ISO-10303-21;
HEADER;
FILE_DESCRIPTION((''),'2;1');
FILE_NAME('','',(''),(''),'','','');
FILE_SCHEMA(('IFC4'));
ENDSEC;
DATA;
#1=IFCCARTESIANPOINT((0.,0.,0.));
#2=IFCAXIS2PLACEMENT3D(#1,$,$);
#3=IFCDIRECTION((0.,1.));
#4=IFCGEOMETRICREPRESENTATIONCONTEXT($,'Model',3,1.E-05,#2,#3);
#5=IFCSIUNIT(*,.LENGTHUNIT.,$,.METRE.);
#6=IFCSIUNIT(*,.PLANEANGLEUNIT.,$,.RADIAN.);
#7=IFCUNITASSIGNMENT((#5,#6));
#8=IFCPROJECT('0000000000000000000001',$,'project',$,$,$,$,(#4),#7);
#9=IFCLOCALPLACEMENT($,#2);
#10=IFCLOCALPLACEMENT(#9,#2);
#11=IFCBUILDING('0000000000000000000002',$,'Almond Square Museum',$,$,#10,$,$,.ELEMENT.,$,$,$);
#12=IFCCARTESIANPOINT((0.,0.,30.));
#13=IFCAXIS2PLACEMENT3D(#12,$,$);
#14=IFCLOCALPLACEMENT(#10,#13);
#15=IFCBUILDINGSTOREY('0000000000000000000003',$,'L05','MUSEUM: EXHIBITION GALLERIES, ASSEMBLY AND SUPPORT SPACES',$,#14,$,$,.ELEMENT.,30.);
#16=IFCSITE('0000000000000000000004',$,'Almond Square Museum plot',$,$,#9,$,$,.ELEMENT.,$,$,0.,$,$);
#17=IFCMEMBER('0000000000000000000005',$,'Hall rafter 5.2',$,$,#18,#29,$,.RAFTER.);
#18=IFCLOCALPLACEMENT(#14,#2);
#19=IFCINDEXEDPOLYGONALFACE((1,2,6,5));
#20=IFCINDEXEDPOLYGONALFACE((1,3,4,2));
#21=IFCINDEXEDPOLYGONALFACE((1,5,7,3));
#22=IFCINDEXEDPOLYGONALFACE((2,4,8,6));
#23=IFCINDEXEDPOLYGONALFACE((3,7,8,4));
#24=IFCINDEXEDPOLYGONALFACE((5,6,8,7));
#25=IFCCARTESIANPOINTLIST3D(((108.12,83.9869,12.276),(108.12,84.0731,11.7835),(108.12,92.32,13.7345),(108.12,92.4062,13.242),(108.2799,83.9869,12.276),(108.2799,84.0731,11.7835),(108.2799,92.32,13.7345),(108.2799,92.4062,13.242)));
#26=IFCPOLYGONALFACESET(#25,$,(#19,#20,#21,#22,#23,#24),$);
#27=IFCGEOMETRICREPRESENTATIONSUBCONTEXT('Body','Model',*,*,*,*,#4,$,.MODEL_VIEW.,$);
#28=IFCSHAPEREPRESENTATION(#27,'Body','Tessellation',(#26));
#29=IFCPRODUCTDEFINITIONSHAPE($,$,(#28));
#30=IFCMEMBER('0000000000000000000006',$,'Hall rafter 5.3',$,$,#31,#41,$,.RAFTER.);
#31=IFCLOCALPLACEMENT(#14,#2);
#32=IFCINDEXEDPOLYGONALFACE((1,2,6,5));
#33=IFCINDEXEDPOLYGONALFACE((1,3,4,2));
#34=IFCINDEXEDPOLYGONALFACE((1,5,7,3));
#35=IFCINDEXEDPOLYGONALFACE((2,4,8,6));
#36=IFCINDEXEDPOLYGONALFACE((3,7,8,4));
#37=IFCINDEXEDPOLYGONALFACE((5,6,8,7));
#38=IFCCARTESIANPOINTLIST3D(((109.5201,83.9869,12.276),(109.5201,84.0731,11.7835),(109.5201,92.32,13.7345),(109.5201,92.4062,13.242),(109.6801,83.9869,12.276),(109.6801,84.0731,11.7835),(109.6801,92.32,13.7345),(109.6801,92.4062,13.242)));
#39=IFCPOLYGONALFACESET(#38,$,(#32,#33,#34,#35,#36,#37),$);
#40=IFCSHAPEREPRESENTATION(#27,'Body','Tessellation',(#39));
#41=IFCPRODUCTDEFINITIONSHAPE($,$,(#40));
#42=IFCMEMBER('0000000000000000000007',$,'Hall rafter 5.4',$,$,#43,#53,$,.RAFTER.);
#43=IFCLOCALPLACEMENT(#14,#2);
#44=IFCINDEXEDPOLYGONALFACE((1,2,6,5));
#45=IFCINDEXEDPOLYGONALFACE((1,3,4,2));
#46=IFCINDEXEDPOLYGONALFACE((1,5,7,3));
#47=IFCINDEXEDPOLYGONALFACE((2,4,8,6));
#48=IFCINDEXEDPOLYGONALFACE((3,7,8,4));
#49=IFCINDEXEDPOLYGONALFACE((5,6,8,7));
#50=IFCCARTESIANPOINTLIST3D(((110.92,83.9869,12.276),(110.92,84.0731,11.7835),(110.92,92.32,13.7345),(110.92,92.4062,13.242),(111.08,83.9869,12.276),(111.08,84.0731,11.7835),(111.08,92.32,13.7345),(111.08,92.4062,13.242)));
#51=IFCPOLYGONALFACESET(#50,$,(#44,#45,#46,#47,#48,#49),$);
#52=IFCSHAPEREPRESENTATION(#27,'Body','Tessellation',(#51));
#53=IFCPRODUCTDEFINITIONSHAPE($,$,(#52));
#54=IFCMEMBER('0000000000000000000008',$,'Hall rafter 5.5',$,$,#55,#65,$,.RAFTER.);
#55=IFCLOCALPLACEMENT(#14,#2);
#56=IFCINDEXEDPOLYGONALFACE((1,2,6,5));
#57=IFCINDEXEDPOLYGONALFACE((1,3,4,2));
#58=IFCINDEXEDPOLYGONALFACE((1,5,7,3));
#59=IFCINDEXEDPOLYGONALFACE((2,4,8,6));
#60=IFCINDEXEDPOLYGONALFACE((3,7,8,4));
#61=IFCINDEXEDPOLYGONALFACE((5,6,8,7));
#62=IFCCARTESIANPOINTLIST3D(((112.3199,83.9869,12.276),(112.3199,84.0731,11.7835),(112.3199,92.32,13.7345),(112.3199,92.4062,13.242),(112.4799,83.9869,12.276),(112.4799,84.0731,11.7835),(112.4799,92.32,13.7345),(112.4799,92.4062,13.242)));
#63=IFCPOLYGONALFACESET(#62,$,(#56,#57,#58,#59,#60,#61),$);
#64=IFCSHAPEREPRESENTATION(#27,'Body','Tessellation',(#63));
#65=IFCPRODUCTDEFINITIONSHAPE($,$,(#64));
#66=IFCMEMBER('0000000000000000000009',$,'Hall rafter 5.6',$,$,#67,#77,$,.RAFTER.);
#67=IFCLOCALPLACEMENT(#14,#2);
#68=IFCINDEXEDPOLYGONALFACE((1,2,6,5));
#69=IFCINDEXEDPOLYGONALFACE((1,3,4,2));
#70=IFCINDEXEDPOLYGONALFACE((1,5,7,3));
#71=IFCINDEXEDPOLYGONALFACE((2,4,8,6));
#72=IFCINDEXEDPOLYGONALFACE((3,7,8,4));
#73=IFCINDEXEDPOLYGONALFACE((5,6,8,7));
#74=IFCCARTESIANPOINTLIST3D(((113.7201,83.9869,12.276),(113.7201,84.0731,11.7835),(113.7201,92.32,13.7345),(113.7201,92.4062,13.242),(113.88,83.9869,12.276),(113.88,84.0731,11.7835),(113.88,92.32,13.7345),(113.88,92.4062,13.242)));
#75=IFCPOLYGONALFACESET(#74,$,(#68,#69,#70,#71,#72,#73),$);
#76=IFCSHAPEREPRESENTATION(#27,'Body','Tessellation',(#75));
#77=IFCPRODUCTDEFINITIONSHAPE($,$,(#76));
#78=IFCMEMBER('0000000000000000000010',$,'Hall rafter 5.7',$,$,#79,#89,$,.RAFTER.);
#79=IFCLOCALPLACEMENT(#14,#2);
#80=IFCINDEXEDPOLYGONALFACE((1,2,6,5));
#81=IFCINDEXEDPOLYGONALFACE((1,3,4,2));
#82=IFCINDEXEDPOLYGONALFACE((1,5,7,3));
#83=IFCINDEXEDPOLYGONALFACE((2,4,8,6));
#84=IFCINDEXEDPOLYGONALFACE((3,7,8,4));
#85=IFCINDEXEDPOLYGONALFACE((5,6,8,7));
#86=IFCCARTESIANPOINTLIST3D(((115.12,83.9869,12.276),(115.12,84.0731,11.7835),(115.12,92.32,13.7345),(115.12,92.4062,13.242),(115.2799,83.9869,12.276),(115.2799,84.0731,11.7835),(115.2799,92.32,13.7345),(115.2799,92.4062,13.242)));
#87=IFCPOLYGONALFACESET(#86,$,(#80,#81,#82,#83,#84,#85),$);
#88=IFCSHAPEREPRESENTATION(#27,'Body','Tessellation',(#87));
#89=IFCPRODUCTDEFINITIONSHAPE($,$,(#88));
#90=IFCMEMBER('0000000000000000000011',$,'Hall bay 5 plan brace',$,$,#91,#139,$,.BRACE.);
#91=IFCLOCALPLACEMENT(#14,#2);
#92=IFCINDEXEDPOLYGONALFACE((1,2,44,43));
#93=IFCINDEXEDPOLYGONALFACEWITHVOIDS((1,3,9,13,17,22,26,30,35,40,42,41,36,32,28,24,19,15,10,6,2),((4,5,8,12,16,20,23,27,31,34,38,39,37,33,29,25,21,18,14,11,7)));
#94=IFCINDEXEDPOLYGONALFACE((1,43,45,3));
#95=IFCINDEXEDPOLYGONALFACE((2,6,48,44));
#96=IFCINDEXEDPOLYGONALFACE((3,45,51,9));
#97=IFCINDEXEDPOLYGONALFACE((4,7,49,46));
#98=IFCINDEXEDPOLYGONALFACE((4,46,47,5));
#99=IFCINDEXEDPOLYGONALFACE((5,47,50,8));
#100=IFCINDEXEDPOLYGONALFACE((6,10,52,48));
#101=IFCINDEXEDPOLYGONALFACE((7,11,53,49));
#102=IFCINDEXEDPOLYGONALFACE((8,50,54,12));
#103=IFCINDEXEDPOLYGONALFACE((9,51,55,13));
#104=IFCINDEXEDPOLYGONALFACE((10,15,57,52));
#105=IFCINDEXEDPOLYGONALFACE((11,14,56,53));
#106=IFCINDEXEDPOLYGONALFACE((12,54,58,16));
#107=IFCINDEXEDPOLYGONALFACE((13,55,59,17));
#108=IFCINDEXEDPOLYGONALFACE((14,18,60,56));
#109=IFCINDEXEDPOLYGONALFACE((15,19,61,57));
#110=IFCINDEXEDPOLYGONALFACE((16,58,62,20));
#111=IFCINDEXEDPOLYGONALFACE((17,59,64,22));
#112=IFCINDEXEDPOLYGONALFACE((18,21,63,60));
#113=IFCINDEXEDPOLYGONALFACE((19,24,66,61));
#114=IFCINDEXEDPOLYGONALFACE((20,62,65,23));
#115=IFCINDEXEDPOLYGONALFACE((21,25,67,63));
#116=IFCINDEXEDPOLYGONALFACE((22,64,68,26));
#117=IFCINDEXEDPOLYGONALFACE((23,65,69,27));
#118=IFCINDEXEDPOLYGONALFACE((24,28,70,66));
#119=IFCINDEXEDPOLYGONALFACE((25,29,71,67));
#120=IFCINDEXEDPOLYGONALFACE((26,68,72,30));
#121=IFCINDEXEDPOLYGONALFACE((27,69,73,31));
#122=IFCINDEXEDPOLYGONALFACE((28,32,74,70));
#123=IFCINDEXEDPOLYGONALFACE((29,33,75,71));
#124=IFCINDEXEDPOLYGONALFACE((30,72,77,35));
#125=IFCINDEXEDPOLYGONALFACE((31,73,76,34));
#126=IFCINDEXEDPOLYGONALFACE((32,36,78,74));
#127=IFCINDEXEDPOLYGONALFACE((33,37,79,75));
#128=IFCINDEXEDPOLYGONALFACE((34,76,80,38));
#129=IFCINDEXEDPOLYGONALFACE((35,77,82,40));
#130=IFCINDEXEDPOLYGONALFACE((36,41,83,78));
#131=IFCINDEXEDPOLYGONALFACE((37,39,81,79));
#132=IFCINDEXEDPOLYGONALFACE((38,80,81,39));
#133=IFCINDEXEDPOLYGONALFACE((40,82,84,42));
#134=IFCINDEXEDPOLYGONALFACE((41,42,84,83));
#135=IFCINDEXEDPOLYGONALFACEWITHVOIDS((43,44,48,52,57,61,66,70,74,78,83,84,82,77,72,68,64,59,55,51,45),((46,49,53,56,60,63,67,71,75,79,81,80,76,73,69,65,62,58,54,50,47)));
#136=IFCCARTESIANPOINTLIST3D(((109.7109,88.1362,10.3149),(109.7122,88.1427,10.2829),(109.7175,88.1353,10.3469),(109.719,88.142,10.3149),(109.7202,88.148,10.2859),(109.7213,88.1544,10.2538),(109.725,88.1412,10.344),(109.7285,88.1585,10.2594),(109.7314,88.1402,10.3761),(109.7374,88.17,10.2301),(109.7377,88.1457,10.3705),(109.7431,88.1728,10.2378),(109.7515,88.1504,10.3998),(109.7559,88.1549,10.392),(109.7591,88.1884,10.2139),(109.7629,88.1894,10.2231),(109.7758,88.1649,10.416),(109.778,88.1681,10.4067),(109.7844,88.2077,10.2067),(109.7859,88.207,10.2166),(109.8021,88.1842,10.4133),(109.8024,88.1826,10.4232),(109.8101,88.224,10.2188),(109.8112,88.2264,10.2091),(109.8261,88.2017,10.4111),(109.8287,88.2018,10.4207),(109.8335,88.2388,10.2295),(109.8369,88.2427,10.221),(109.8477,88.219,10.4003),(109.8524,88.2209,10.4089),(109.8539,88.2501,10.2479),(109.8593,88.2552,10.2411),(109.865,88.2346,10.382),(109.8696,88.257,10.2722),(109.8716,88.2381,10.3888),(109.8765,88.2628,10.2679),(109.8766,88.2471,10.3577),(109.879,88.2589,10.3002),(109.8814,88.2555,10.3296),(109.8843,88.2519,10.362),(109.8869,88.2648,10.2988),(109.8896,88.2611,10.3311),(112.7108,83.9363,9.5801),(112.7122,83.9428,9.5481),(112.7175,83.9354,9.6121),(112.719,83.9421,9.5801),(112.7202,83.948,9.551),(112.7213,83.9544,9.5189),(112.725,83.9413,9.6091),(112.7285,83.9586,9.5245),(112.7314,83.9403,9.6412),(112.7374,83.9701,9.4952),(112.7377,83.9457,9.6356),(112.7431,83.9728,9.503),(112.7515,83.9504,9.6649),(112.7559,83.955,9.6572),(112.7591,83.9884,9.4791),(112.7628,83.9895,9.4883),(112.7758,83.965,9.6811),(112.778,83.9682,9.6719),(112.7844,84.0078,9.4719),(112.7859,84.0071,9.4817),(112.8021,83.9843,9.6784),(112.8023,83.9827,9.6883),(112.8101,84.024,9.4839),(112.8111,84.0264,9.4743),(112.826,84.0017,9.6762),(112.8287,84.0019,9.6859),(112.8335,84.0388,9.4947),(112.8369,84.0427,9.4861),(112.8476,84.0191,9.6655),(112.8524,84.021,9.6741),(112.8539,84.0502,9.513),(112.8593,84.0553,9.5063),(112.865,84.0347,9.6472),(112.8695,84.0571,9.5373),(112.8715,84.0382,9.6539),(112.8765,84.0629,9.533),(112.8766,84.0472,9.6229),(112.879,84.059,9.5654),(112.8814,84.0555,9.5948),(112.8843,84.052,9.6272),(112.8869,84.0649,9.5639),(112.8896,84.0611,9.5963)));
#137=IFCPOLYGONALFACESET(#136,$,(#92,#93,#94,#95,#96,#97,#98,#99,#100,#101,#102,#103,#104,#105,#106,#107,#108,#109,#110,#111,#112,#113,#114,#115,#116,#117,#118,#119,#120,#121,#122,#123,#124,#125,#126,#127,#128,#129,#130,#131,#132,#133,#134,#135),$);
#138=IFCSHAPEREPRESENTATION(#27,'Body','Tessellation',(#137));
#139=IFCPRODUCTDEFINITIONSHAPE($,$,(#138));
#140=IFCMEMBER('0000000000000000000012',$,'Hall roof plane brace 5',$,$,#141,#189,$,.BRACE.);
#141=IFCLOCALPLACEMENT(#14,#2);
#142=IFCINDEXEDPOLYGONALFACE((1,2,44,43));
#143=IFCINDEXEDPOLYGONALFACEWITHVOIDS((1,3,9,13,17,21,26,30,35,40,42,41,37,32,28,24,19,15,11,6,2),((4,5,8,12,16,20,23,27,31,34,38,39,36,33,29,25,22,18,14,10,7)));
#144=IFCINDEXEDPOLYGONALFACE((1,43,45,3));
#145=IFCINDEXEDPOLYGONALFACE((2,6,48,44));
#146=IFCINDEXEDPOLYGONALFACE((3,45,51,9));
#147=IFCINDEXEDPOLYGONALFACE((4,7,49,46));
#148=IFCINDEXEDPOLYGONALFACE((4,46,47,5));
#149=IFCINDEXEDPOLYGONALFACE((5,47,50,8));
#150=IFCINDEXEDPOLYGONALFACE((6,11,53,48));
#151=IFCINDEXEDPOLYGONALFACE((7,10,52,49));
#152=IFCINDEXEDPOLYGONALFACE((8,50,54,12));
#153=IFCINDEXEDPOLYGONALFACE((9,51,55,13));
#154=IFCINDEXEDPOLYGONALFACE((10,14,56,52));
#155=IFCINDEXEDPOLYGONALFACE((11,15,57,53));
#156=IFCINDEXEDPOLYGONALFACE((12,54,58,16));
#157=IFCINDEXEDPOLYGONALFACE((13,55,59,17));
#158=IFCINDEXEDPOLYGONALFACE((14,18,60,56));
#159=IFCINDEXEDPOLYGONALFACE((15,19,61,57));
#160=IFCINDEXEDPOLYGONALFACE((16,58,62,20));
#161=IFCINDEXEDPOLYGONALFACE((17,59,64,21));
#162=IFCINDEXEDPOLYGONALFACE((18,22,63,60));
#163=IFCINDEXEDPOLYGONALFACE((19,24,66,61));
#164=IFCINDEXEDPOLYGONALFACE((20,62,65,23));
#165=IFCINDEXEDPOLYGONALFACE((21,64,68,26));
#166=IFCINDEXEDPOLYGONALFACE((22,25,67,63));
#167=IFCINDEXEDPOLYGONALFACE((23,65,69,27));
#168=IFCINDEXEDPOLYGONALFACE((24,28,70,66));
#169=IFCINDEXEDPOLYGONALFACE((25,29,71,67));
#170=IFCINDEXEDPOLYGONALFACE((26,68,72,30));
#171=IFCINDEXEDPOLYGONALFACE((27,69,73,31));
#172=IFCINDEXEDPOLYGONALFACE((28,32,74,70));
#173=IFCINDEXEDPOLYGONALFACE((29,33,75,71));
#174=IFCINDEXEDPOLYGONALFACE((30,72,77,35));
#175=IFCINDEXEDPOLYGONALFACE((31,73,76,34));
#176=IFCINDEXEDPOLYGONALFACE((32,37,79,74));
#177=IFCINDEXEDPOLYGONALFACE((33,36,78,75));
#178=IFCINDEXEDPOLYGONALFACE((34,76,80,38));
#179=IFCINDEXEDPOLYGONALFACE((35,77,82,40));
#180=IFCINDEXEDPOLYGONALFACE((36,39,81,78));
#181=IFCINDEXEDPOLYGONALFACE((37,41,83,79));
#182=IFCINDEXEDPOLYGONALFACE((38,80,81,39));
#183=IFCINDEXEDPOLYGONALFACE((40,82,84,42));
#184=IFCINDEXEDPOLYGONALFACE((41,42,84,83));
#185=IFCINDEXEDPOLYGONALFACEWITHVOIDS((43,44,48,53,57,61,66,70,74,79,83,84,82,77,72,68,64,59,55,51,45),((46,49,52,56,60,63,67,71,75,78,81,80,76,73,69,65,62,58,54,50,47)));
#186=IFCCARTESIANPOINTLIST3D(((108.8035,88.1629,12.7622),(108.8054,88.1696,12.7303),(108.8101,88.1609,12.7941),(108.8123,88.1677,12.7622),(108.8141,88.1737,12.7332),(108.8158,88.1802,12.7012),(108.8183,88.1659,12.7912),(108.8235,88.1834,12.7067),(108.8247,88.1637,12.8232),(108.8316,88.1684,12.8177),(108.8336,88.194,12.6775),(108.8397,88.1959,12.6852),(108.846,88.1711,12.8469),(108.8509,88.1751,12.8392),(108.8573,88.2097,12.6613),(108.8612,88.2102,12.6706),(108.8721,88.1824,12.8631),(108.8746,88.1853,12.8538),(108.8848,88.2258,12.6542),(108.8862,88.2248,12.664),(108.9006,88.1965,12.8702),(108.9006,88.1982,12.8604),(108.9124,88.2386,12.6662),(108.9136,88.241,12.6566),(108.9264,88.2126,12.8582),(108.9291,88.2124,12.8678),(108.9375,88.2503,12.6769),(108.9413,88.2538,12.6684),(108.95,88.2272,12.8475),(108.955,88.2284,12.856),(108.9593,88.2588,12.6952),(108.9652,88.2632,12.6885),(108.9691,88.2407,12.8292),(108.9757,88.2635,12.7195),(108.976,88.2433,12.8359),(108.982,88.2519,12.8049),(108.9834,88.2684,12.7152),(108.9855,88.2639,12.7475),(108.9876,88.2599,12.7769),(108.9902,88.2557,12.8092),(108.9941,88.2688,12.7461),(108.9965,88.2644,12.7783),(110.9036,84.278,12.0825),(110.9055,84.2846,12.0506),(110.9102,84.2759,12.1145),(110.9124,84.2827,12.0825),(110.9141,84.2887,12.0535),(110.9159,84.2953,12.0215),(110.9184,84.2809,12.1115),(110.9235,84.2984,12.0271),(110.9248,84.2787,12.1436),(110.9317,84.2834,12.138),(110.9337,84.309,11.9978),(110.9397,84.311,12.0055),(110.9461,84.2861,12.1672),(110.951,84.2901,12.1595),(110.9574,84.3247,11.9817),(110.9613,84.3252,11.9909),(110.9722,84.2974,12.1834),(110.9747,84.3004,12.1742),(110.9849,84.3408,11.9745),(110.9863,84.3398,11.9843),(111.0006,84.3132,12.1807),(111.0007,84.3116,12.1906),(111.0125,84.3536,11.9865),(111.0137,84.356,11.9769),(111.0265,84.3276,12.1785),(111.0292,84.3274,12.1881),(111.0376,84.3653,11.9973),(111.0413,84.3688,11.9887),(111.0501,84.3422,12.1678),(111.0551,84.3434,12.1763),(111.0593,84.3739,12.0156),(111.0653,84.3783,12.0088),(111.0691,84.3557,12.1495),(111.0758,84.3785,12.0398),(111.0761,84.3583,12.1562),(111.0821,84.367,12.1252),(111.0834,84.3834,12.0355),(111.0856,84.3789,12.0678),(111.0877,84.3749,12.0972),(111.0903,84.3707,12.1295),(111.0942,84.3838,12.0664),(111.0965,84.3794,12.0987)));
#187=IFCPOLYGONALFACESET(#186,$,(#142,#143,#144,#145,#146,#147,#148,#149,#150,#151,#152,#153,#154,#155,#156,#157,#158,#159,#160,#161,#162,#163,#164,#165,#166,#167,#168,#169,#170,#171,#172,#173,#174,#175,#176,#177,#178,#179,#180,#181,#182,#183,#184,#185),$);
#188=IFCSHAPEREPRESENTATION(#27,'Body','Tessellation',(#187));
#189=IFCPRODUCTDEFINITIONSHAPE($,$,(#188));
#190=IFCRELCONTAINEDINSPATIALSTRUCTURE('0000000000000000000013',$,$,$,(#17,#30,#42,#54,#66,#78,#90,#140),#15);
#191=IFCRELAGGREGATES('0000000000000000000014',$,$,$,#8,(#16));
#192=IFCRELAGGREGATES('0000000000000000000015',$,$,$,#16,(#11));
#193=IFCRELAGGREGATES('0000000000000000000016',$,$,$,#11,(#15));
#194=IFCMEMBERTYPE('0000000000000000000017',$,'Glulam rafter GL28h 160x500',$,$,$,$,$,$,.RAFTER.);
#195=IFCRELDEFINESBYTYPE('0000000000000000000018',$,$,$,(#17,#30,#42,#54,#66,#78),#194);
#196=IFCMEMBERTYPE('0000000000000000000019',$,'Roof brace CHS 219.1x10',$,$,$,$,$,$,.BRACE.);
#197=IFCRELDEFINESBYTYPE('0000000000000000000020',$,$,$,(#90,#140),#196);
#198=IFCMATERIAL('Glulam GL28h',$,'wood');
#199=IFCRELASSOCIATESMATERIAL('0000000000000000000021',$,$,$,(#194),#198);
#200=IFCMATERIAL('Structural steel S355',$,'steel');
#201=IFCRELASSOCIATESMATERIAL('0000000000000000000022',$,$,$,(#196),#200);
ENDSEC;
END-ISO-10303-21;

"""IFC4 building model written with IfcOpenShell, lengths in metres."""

from ifc_helpers import new_model, si_unit, direction, frame, origin, origin_2d, place, context, subcontext, project, spatial, rectangle, hollow_circle, extrude, material, material_profile, profile_set, type_object, element, save


model = new_model("IFC4")

# Units and contexts
model_context = context("Model", 3, precision=1e-05, world=origin(), true_north=direction((0.0, 1.0)))
body_context = subcontext(model_context, "Body", "Model", "MODEL_VIEW")
ifc_project = project(units=[si_unit("LENGTHUNIT", "METRE"), si_unit("PLANEANGLEUNIT", "RADIAN")], contexts=[model_context])

# Site, building, storey
site_placement = place(None, origin())
site = spatial("IfcSite", under=ifc_project, at=site_placement, Name="Almond Square Museum plot", CompositionType="ELEMENT", RefElevation=0.0)
building_placement = place(site_placement, origin())
building = spatial("IfcBuilding", under=site, at=building_placement, Name="Almond Square Museum", CompositionType="ELEMENT")
storey_placement = place(building_placement, frame((0.0, 0.0, 30.0)))
storey = spatial("IfcBuildingStorey", under=building, at=storey_placement, Name="L05", Description="MUSEUM: EXHIBITION GALLERIES, ASSEMBLY AND SUPPORT SPACES", CompositionType="ELEMENT", Elevation=30.0)

# Members
ifc_material_1 = material(Name="Glulam GL28h", Category="wood")
ifc_material_profile_1 = material_profile(ifc_material_1, rectangle(XDim=0.1599, YDim=0.5, at=origin_2d()))
ifc_profile_set_1 = profile_set([ifc_material_profile_1], Name="Glulam GL28h")
member_type_1 = type_object("IfcMemberType", Name="Glulam rafter GL28h 160x500", PredefinedType="RAFTER", material=ifc_profile_set_1)
for number, where, z_axis, x_axis, name in (
    (1, (108.2, 84.03, 12.0298), (0.0, 0.985026, 0.172406), (-1.0, 0.0, 0.0), "Hall rafter 5.2"),
    (2, (109.6001, 84.03, 12.0298), (0.0, 0.985026, 0.172406), (-1.0, 0.0, 0.0), "Hall rafter 5.3"),
    (3, (111.0, 84.03, 12.0298), (0.0, 0.985026, 0.172406), (-1.0, 0.0, 0.0), "Hall rafter 5.4"),
    (4, (112.3999, 84.03, 12.0298), (0.0, 0.985026, 0.172406), (-1.0, 0.0, 0.0), "Hall rafter 5.5"),
    (5, (113.8, 84.03, 12.0298), (0.0, 0.985026, 0.172406), (-1.0, 0.0, 0.0), "Hall rafter 5.6"),
    (6, (115.2, 84.03, 12.0298), (0.0, 0.985026, 0.172406), (-1.0, 0.0, 0.0), "Hall rafter 5.7"),
):
    element("IfcMember", number, at=place(storey_placement, frame(where, z_axis=z_axis, x_axis=x_axis)), inside=storey, type_object=member_type_1, Name=name, PredefinedType="RAFTER", context=body_context, shape_type="SweptSolid", body=[
        extrude(rectangle(XDim=0.1599, YDim=0.5, at=origin_2d()), origin(), (0.0, 0.0, 1.0), 8.4597),
    ])
ifc_material_2 = material(Name="Structural steel S355", Category="steel")
ifc_material_profile_2 = material_profile(ifc_material_2, hollow_circle(Radius=0.1096, WallThickness=0.01, at=origin_2d()))
ifc_profile_set_2 = profile_set([ifc_material_profile_2], Name="Structural steel S355")
member_type_2 = type_object("IfcMemberType", Name="Roof brace CHS 219.1x10", PredefinedType="BRACE", material=ifc_profile_set_2)
member_1_placement = place(storey_placement, frame((112.8, 84.0, 9.5801), z_axis=(-0.575439, 0.805606, 0.140956), x_axis=(-0.81373, -0.581243, 0.0)))
element("IfcMember", 7, at=member_1_placement, inside=storey, type_object=member_type_2, Name="Hall bay 5 plan brace", PredefinedType="BRACE", context=body_context, shape_type="SweptSolid", body=[
    extrude(hollow_circle(Radius=0.1096, WallThickness=0.01, at=origin_2d()), origin(), (0.0, 0.0, 1.0), 5.2134),
])
member_2_placement = place(storey_placement, frame((111.0, 84.3301, 12.0825), z_axis=(-0.469999, 0.869461, 0.152113), x_axis=(-0.879698, -0.475533, 0.0)))
element("IfcMember", 8, at=member_2_placement, inside=storey, type_object=member_type_2, Name="Hall roof plane brace 5", PredefinedType="BRACE", context=body_context, shape_type="SweptSolid", body=[
    extrude(hollow_circle(Radius=0.1096, WallThickness=0.01, at=origin_2d()), origin(), (0.0, 0.0, 1.0), 4.4683),
])

save(model, "model.ifc")
